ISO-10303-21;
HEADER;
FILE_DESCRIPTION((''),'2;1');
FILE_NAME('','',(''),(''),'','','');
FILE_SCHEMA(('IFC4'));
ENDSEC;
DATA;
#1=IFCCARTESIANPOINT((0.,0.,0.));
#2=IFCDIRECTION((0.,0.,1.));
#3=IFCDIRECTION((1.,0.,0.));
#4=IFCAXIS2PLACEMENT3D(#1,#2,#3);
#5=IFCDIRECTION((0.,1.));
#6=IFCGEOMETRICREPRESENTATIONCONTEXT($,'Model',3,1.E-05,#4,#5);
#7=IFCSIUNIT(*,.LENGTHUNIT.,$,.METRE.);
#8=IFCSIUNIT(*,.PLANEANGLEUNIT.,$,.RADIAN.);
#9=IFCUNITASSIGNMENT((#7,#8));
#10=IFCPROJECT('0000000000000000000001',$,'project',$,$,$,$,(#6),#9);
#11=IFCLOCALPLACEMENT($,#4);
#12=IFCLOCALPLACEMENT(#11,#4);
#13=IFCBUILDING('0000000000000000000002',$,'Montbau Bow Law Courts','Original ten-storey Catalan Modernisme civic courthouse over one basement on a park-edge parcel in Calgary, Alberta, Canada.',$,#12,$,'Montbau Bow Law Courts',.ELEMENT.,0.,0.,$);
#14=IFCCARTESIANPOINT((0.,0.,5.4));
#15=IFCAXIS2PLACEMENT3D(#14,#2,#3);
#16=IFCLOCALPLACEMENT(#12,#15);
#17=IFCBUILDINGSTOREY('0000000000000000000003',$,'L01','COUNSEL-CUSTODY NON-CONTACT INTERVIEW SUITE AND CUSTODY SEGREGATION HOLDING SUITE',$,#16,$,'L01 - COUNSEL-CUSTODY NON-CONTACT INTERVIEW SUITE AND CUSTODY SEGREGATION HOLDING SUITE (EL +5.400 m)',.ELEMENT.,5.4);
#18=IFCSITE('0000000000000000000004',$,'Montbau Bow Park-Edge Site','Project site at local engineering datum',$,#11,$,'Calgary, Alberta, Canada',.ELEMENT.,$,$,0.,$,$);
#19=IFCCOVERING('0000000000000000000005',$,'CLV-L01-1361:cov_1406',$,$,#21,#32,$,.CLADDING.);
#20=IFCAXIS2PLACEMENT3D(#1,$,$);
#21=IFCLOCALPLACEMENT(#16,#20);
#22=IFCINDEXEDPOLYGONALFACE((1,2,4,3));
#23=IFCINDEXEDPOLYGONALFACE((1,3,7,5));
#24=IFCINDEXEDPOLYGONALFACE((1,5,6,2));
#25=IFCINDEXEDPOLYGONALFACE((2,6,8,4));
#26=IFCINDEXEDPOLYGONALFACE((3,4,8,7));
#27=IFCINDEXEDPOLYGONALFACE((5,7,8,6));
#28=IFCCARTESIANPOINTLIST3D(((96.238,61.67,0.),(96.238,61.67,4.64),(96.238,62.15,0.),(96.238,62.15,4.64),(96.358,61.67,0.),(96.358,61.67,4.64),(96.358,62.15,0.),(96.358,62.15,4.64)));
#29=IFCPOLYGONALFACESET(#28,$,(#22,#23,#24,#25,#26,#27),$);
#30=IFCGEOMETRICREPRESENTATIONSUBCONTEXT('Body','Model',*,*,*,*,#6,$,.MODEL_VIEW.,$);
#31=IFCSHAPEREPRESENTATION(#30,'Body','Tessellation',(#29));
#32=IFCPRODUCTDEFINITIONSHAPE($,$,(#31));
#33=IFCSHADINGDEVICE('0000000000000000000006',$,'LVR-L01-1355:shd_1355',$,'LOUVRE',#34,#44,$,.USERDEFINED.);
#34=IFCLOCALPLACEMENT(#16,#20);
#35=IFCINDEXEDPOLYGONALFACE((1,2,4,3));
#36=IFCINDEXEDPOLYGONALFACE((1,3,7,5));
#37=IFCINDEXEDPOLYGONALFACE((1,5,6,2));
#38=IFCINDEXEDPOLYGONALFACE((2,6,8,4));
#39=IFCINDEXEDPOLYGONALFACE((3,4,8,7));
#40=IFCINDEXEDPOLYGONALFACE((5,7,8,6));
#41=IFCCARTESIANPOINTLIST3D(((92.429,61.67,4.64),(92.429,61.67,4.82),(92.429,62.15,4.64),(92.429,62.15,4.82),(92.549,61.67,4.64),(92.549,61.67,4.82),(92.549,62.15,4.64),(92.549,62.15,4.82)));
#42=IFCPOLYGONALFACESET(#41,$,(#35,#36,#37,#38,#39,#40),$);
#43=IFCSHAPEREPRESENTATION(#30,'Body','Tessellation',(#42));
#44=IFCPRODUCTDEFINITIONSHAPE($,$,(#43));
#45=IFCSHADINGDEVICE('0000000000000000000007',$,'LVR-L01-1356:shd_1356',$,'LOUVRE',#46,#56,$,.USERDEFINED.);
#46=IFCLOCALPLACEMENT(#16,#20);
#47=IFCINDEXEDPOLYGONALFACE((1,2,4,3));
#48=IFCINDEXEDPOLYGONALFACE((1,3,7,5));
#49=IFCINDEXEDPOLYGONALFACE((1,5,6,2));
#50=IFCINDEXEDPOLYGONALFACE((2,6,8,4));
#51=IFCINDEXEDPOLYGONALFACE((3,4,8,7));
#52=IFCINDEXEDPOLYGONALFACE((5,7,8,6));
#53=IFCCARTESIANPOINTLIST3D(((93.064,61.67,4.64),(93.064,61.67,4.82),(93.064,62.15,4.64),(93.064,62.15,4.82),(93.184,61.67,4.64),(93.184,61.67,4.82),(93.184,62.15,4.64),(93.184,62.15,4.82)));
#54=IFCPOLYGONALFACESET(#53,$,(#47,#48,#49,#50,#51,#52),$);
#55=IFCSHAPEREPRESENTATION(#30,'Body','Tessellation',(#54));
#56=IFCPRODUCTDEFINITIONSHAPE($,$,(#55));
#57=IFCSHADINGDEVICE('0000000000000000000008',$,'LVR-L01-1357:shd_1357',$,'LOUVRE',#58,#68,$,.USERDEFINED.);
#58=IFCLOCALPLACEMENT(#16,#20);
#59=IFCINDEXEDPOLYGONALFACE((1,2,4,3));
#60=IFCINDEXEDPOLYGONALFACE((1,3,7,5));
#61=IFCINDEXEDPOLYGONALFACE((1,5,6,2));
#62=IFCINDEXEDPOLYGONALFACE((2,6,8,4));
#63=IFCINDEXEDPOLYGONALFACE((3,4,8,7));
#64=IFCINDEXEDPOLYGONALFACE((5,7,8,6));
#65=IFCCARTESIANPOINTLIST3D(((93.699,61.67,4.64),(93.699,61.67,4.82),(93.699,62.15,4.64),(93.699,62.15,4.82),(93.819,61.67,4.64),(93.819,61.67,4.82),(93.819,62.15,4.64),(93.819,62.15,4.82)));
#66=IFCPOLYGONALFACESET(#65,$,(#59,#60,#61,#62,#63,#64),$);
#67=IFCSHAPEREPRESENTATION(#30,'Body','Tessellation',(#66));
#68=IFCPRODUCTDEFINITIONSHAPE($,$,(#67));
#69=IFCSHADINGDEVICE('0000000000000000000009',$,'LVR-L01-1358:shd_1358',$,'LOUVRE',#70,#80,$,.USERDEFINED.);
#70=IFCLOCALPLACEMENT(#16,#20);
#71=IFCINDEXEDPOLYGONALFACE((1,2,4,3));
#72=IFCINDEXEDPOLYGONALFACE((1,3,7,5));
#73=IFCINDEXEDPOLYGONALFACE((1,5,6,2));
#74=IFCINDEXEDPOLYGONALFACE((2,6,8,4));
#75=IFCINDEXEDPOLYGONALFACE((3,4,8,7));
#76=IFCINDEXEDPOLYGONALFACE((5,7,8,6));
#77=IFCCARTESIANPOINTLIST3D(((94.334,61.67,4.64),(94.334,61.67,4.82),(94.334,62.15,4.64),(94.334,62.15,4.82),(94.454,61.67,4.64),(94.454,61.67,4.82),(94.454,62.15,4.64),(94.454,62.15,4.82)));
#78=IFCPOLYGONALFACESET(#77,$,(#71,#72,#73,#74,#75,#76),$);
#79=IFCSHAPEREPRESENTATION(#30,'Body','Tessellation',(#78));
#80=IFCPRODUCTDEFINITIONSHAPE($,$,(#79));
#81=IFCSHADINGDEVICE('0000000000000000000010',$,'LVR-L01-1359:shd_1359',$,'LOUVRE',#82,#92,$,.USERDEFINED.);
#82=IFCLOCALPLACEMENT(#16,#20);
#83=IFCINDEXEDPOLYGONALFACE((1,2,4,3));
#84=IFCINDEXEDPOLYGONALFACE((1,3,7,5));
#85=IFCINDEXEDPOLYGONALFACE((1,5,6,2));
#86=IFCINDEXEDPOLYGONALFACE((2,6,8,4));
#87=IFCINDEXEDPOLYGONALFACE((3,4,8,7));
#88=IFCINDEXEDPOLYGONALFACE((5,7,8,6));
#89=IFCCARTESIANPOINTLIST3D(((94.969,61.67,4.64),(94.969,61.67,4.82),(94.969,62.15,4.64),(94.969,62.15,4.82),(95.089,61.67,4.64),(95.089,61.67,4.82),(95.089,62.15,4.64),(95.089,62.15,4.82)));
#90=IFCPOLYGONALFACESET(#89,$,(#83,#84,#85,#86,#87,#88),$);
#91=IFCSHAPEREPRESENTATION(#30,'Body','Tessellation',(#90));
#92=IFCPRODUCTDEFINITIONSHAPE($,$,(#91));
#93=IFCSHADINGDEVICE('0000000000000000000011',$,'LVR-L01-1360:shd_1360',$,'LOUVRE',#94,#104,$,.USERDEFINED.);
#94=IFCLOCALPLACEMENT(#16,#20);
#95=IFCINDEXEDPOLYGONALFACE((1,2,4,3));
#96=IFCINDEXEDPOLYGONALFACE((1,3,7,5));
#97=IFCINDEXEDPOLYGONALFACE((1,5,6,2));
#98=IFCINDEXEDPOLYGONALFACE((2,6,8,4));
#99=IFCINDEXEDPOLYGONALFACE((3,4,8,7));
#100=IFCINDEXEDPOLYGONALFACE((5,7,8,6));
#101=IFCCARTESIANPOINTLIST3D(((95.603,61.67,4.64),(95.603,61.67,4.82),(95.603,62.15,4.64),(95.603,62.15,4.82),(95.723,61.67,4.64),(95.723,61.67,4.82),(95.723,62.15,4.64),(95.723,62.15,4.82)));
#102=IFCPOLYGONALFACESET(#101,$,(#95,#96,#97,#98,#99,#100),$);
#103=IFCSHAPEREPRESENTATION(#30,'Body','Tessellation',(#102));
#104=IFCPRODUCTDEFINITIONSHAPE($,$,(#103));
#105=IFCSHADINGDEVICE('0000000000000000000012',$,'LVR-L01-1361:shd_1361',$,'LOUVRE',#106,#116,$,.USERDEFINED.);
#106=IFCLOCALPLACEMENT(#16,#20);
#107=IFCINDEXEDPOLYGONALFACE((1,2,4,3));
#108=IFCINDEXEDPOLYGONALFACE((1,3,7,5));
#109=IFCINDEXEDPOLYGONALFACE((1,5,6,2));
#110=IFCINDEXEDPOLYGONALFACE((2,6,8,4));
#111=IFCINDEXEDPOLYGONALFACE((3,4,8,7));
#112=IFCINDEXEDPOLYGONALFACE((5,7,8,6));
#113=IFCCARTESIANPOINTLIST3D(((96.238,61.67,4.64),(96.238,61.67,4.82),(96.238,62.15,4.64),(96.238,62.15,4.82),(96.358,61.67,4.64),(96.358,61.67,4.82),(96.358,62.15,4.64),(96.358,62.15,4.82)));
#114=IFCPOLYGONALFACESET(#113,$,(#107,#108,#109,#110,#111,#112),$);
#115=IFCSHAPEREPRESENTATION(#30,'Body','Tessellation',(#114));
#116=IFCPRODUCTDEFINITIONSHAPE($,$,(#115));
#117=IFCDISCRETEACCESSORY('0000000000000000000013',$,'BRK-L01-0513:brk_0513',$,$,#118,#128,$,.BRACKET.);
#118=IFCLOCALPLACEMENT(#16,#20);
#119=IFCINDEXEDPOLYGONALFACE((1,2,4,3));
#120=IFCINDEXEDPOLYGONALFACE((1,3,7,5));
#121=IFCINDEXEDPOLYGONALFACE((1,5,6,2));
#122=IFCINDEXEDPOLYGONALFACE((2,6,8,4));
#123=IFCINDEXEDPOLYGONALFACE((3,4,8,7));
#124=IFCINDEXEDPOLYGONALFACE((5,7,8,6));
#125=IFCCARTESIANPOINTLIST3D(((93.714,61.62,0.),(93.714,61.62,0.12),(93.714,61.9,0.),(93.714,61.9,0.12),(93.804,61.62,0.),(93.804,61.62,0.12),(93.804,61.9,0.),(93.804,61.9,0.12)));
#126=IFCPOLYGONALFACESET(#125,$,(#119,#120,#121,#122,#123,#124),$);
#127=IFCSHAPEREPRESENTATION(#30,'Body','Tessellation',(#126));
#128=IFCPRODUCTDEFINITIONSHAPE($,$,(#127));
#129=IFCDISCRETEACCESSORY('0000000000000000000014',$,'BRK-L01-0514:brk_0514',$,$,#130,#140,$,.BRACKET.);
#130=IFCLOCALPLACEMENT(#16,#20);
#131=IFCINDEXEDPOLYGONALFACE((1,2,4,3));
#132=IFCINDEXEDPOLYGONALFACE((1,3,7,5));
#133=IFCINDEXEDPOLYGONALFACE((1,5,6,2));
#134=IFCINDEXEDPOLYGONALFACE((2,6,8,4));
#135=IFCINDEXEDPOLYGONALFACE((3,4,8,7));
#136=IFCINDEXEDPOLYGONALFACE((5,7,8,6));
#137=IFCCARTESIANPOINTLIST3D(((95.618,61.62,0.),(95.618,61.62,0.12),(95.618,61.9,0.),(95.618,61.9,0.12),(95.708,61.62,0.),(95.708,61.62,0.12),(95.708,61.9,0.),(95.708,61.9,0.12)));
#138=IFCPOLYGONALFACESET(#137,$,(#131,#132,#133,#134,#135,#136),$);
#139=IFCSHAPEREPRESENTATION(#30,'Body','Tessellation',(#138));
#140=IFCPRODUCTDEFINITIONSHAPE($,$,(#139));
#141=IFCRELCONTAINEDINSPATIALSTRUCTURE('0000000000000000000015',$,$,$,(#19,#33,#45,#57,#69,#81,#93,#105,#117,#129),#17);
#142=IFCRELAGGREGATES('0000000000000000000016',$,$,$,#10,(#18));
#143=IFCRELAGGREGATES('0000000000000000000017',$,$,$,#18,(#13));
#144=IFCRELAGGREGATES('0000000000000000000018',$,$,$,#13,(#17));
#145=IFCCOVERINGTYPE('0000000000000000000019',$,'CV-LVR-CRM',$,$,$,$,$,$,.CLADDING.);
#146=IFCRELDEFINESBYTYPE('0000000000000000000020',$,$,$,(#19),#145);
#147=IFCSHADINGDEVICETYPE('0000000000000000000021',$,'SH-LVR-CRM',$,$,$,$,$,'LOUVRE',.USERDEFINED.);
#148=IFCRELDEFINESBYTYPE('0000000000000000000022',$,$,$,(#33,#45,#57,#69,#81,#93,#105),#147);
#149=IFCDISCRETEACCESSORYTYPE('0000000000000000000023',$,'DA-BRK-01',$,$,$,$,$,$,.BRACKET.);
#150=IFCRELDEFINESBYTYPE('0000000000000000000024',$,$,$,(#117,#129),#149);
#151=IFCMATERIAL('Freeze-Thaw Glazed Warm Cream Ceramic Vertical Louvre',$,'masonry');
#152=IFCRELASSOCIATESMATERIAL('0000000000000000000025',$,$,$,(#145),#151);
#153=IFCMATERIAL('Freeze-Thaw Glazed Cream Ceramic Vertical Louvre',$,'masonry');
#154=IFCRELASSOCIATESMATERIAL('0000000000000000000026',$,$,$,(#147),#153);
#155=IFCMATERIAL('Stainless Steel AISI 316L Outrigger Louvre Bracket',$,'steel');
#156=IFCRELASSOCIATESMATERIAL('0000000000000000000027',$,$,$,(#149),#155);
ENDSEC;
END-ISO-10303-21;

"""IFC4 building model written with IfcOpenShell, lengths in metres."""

from ifc_helpers import new_model, si_unit, direction, frame, frame_2d, origin_with_axes, origin_2d_with_axis, place, context, subcontext, project, spatial, rectangle, extrude, material, type_object, element, save


model = new_model("IFC4")

# Units and contexts
model_context = context("Model", 3, precision=1e-05, world=origin_with_axes(), true_north=direction((0.0, 1.0)))
body_context = subcontext(model_context, "Body", "Model", "MODEL_VIEW")
ifc_project = project(units=[si_unit("LENGTHUNIT", "METRE"), si_unit("PLANEANGLEUNIT", "RADIAN")], contexts=[model_context])

# Site, building, storey
site_placement = place(None, origin_with_axes())
site = spatial("IfcSite", under=ifc_project, at=site_placement, Name="Montbau Bow Park-Edge Site", Description="Project site at local engineering datum", LongName="Calgary, Alberta, Canada", CompositionType="ELEMENT", RefElevation=0.0)
building_placement = place(site_placement, origin_with_axes())
building = spatial("IfcBuilding", under=site, at=building_placement, Name="Montbau Bow Law Courts", Description="Original ten-storey Catalan Modernisme civic courthouse over one basement on a park-edge parcel in Calgary, Alberta, Canada.", LongName="Montbau Bow Law Courts", CompositionType="ELEMENT", ElevationOfRefHeight=0.0, ElevationOfTerrain=0.0)
storey_placement = place(building_placement, frame((0.0, 0.0, 5.4), z_axis=(0.0, 0.0, 1.0), x_axis=(1.0, 0.0, 0.0)))
storey = spatial("IfcBuildingStorey", under=building, at=storey_placement, Name="L01", Description="COUNSEL-CUSTODY NON-CONTACT INTERVIEW SUITE AND CUSTODY SEGREGATION HOLDING SUITE", LongName="L01 - COUNSEL-CUSTODY NON-CONTACT INTERVIEW SUITE AND CUSTODY SEGREGATION HOLDING SUITE (EL +5.400 m)", CompositionType="ELEMENT", Elevation=5.4)

# Covering
ifc_material_1 = material(Name="Freeze-Thaw Glazed Warm Cream Ceramic Vertical Louvre", Category="masonry")
covering_type = type_object("IfcCoveringType", Name="CV-LVR-CRM", PredefinedType="CLADDING", material=ifc_material_1)
for number, where, z_axis, x_axis, name in (
    (1, (96.298, 61.67, 5.4), (1.0, 0.0, 0.0), (0.0, 1.0, 0.0), "CLV-L01-1361:cov_1406"),
):
    element("IfcCovering", number, at=place(None, frame(where, z_axis=z_axis, x_axis=x_axis)), inside=storey, type_object=covering_type, Name=name, PredefinedType="CLADDING", context=body_context, shape_type="SweptSolid", body=[
        extrude(rectangle(XDim=0.48, YDim=4.64, at=frame_2d((0.24, 2.32), x_axis=(1.0, 0.0))), frame((0.0, 0.0, -0.06), z_axis=(0.0, 0.0, 1.0), x_axis=(1.0, 0.0, 0.0)), (0.0, 0.0, 1.0), 0.12),
    ])

# Shading devices
ifc_material_2 = material(Name="Freeze-Thaw Glazed Cream Ceramic Vertical Louvre", Category="masonry")
shading_device_type = type_object("IfcShadingDeviceType", Name="SH-LVR-CRM", ElementType="LOUVRE", PredefinedType="USERDEFINED", material=ifc_material_2)
for number, where, z_axis, x_axis, name in (
    (2, (92.489, 61.91, 10.04), (0.0, 0.0, 1.0), (0.0, 1.0, 0.0), "LVR-L01-1355:shd_1355"),
    (3, (93.124, 61.91, 10.04), (0.0, 0.0, 1.0), (0.0, 1.0, 0.0), "LVR-L01-1356:shd_1356"),
    (4, (93.759, 61.91, 10.04), (0.0, 0.0, 1.0), (0.0, 1.0, 0.0), "LVR-L01-1357:shd_1357"),
    (5, (94.394, 61.91, 10.04), (0.0, 0.0, 1.0), (0.0, 1.0, 0.0), "LVR-L01-1358:shd_1358"),
    (6, (95.029, 61.91, 10.04), (0.0, 0.0, 1.0), (0.0, 1.0, 0.0), "LVR-L01-1359:shd_1359"),
    (7, (95.663, 61.91, 10.04), (0.0, 0.0, 1.0), (0.0, 1.0, 0.0), "LVR-L01-1360:shd_1360"),
    (8, (96.298, 61.91, 10.04), (0.0, 0.0, 1.0), (0.0, 1.0, 0.0), "LVR-L01-1361:shd_1361"),
):
    element("IfcShadingDevice", number, at=place(None, frame(where, z_axis=z_axis, x_axis=x_axis)), inside=storey, type_object=shading_device_type, Name=name, ObjectType="LOUVRE", PredefinedType="USERDEFINED", context=body_context, shape_type="SweptSolid", body=[
        extrude(rectangle(XDim=0.48, YDim=0.12, at=origin_2d_with_axis()), origin_with_axes(), (0.0, 0.0, 1.0), 0.18),
    ])

# Discrete accessories
ifc_material_3 = material(Name="Stainless Steel AISI 316L Outrigger Louvre Bracket", Category="steel")
discrete_accessory_type = type_object("IfcDiscreteAccessoryType", Name="DA-BRK-01", PredefinedType="BRACKET", material=ifc_material_3)
for number, where, z_axis, x_axis, name in (
    (9, (93.759, 61.76, 5.4), (0.0, 0.0, 1.0), (0.0, 1.0, 0.0), "BRK-L01-0513:brk_0513"),
    (10, (95.663, 61.76, 5.4), (0.0, 0.0, 1.0), (0.0, 1.0, 0.0), "BRK-L01-0514:brk_0514"),
):
    element("IfcDiscreteAccessory", number, at=place(None, frame(where, z_axis=z_axis, x_axis=x_axis)), inside=storey, type_object=discrete_accessory_type, Name=name, PredefinedType="BRACKET", context=body_context, shape_type="SweptSolid", body=[
        extrude(rectangle(XDim=0.28, YDim=0.09, at=origin_2d_with_axis()), origin_with_axes(), (0.0, 0.0, 1.0), 0.12),
    ])

save(model, "model.ifc")
